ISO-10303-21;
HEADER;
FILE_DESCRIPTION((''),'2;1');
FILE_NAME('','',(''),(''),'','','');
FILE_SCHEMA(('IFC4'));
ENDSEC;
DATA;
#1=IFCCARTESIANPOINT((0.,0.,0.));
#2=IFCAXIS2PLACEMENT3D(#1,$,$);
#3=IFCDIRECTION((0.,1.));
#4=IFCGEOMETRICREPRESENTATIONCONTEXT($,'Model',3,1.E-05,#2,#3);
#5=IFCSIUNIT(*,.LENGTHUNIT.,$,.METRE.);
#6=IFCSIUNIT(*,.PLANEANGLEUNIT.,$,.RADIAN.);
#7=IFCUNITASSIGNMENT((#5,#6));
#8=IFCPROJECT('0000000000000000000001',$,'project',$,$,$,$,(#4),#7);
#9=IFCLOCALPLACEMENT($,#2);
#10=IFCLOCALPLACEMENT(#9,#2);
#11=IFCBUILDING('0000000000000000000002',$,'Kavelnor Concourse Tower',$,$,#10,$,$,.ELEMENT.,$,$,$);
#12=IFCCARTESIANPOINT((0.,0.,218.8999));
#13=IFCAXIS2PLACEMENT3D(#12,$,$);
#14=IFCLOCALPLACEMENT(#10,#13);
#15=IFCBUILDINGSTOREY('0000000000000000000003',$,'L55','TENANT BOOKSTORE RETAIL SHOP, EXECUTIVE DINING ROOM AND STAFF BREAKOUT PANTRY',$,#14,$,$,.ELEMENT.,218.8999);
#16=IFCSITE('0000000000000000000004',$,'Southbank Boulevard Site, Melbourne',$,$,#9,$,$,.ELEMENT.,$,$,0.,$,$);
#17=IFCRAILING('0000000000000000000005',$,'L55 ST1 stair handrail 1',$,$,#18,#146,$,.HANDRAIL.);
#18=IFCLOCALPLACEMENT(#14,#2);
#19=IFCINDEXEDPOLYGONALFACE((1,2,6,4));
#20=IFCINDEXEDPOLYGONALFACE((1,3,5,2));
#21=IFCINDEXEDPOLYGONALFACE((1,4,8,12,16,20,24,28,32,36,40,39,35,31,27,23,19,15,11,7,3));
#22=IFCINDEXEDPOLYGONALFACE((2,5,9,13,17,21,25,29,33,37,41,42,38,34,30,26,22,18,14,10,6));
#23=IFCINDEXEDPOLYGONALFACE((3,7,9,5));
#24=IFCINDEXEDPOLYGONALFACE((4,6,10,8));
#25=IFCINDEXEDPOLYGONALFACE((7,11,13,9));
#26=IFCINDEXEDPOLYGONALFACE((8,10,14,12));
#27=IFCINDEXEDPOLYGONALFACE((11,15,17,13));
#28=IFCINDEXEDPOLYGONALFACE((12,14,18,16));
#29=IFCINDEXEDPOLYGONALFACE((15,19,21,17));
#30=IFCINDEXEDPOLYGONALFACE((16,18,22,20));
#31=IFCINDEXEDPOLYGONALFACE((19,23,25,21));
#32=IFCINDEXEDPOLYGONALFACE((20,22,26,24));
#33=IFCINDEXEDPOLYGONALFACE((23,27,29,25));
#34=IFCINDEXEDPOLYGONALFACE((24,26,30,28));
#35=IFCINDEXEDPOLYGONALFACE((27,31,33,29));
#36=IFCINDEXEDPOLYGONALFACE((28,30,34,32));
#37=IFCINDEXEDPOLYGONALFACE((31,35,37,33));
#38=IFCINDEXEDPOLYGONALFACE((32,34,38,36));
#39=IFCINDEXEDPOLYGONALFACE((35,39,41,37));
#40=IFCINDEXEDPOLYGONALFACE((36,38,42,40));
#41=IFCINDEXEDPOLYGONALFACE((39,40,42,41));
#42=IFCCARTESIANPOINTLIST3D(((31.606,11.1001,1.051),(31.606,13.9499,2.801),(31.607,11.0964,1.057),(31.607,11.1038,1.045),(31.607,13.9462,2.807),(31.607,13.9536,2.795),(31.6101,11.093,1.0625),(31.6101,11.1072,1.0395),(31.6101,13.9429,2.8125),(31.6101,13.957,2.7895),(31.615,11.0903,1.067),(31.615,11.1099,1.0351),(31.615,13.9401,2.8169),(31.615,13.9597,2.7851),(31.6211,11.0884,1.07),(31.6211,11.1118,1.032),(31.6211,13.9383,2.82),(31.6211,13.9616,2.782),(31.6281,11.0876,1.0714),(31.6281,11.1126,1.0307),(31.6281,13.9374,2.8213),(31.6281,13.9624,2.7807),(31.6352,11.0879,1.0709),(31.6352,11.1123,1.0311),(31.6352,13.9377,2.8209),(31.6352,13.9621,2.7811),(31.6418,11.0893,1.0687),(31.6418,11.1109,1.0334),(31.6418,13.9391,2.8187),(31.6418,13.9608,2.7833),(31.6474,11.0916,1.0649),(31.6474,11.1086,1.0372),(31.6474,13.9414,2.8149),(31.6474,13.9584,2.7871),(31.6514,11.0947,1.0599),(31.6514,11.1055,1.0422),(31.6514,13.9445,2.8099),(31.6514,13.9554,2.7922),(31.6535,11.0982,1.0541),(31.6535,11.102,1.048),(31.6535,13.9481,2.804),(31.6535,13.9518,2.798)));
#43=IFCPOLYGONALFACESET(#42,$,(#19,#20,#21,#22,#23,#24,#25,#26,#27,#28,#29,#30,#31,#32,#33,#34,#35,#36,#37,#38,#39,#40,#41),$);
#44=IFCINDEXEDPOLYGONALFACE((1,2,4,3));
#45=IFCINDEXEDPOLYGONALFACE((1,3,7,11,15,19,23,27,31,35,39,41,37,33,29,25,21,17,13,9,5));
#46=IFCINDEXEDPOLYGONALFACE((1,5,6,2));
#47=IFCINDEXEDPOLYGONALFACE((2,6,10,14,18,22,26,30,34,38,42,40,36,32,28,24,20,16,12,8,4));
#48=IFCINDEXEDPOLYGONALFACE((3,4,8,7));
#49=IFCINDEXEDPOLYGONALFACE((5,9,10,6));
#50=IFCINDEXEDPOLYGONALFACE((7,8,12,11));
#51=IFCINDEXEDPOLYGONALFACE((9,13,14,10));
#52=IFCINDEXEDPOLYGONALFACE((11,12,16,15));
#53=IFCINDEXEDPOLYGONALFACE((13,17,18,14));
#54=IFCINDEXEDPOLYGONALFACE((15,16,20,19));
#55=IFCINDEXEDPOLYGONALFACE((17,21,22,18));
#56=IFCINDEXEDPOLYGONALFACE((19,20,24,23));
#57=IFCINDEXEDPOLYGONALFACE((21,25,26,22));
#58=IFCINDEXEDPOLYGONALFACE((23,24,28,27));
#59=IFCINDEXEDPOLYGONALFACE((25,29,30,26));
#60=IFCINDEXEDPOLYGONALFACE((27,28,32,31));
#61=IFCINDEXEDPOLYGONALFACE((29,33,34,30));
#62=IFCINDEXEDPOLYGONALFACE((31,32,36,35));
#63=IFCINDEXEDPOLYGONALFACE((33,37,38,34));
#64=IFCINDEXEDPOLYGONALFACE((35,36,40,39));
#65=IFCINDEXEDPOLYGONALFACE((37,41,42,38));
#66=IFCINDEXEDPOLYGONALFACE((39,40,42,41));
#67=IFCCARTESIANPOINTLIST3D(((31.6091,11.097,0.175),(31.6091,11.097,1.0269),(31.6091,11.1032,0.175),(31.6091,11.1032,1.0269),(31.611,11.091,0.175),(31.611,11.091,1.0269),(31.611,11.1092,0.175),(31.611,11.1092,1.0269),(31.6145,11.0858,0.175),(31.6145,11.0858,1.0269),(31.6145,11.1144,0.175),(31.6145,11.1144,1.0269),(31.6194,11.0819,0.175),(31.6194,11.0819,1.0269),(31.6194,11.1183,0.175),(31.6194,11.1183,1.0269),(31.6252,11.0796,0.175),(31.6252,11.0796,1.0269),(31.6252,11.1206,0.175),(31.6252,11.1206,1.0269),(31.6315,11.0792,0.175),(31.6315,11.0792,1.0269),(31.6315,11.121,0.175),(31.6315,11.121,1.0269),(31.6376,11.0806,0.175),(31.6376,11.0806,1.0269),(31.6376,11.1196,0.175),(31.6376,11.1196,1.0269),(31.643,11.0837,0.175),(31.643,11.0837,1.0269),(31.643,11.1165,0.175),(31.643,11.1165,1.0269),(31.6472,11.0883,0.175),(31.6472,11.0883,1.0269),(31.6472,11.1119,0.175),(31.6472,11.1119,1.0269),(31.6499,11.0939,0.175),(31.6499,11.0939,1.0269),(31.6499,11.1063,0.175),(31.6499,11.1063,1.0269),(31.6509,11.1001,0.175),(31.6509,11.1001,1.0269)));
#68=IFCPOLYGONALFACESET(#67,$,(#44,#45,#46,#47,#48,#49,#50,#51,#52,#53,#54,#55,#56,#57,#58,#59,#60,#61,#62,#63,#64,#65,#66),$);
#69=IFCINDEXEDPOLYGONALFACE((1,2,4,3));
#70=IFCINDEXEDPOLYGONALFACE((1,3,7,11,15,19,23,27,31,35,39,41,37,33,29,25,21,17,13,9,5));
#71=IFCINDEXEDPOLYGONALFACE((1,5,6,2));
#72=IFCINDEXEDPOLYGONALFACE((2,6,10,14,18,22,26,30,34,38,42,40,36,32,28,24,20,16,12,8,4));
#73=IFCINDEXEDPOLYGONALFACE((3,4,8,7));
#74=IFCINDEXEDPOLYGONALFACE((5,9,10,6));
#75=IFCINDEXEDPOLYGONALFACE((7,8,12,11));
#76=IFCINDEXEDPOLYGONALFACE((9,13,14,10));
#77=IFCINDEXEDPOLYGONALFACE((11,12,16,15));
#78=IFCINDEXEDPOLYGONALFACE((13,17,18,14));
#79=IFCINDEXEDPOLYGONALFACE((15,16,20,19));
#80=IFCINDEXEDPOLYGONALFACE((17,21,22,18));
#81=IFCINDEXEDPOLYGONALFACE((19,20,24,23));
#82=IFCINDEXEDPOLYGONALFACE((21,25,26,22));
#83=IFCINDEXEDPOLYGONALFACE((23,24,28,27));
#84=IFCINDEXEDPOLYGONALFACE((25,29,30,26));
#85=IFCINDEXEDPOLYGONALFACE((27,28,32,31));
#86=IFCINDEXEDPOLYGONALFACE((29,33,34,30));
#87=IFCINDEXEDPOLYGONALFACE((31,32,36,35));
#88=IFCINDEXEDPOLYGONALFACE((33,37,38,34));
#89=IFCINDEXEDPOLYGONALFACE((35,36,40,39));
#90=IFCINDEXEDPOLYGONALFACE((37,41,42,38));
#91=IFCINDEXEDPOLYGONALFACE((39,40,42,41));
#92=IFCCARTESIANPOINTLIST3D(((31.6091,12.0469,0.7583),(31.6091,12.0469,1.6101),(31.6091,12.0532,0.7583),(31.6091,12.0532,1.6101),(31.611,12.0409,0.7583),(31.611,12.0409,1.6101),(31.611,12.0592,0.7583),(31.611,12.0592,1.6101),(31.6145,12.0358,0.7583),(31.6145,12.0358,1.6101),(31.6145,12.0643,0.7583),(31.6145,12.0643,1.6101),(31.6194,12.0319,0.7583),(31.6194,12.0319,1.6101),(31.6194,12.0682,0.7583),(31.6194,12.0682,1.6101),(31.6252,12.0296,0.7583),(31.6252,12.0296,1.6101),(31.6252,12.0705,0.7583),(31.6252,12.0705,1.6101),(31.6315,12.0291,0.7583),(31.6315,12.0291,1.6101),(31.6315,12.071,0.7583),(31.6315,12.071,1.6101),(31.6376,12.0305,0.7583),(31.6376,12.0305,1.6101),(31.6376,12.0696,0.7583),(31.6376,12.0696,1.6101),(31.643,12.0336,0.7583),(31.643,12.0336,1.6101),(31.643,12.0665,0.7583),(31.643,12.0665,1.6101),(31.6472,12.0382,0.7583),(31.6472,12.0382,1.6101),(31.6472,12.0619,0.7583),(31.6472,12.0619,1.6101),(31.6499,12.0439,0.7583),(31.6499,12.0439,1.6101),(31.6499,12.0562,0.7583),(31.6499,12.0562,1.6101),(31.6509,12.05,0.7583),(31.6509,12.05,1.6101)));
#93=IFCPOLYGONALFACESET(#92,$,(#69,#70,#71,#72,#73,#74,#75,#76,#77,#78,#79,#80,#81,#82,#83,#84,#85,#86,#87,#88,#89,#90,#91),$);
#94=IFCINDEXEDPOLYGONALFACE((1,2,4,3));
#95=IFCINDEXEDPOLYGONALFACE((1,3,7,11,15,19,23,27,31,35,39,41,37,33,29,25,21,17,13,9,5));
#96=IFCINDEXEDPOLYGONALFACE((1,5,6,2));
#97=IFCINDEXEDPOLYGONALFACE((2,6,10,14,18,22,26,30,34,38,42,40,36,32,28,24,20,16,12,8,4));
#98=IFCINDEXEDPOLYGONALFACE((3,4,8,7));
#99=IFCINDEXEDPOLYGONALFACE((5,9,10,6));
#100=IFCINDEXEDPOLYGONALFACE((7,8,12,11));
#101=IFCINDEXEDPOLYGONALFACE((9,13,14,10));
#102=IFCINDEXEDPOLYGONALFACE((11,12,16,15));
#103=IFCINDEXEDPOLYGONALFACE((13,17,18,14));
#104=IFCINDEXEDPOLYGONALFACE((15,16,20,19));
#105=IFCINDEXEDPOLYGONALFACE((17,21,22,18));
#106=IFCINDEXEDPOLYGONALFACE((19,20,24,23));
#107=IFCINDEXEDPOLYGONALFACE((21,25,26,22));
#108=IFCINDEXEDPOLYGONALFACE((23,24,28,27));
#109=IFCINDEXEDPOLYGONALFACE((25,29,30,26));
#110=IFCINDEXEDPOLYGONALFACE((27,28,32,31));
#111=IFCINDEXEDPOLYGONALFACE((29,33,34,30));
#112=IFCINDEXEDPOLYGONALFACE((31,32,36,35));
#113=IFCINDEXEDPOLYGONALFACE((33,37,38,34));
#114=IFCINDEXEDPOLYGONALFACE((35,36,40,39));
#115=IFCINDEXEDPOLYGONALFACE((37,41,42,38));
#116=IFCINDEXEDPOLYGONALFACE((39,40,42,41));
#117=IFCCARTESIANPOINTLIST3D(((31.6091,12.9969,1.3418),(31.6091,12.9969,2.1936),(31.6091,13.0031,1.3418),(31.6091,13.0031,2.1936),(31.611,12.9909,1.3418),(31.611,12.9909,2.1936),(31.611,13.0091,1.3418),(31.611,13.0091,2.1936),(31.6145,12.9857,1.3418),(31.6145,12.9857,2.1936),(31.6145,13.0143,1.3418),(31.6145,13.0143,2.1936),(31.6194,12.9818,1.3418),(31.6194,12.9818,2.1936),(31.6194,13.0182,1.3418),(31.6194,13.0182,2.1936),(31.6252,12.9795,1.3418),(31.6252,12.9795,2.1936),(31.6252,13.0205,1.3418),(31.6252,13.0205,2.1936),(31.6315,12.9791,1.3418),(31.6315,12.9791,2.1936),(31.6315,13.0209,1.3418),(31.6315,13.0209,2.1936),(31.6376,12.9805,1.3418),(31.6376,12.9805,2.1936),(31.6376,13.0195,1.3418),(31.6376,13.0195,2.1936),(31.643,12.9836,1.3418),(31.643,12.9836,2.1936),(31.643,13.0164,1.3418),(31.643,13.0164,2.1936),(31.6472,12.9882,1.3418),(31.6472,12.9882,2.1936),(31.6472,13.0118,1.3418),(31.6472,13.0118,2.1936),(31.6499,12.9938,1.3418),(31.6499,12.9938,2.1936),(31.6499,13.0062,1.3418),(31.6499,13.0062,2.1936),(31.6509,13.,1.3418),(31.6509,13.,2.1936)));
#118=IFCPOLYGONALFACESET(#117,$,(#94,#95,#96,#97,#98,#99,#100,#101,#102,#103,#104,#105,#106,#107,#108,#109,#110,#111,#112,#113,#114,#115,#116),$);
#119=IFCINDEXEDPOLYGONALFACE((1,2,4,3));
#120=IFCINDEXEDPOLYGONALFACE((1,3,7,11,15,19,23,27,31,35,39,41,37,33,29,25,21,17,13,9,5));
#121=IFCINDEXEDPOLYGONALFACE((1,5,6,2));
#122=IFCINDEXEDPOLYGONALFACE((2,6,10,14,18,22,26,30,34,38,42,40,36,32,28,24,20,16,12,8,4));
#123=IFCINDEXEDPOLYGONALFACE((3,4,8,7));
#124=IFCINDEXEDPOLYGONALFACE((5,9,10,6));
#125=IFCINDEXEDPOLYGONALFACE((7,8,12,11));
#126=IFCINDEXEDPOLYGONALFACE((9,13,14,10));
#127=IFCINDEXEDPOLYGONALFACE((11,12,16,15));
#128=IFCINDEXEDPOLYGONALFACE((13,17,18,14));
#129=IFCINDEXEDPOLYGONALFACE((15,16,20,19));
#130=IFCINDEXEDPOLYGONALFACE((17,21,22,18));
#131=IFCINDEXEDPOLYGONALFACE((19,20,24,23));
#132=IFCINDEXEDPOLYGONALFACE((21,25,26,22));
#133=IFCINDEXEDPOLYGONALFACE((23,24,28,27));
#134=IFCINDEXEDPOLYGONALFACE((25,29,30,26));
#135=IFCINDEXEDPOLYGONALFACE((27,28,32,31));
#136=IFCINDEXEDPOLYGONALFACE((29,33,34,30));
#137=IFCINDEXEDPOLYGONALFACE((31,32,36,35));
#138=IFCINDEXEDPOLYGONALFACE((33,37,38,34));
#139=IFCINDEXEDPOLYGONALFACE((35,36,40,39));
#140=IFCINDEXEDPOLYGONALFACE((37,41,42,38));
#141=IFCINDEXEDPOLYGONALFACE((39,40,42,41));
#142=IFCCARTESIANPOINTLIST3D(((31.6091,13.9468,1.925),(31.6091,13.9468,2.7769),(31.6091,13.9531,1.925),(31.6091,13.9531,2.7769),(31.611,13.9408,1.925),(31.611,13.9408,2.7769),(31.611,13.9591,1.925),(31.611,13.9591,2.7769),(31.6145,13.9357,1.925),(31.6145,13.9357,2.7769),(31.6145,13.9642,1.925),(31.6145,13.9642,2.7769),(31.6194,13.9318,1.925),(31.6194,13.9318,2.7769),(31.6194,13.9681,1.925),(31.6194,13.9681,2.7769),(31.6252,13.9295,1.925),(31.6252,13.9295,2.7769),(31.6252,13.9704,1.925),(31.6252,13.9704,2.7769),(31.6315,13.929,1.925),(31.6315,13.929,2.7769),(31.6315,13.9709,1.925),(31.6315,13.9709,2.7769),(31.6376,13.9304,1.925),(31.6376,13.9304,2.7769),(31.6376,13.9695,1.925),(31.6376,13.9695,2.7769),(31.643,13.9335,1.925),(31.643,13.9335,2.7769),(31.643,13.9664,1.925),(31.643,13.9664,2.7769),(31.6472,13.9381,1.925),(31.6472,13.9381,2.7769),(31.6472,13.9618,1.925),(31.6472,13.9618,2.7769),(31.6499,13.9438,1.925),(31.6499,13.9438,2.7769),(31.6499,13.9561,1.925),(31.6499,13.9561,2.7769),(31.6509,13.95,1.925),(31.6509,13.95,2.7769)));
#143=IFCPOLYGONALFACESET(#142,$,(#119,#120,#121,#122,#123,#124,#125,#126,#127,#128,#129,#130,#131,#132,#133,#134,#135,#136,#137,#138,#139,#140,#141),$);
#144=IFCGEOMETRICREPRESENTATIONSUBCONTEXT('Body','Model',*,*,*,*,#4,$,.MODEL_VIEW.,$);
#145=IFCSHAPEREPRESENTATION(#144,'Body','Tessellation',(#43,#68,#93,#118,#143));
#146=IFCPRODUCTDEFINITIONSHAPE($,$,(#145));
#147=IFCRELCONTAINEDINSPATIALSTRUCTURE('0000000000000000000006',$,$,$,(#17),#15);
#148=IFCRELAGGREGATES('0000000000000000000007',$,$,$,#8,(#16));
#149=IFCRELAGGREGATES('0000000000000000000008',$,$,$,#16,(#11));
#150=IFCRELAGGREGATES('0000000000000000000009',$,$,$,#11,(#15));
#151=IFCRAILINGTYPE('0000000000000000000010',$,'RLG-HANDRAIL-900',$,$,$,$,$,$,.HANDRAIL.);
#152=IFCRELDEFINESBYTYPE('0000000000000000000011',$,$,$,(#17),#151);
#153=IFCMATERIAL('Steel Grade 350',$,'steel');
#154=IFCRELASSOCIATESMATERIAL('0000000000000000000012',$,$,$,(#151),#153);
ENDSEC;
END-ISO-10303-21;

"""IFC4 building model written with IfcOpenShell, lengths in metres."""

from ifc_helpers import new_model, si_unit, direction, frame, origin, origin_2d, place, context, subcontext, project, spatial, circle, extrude, material, type_object, element, save


model = new_model("IFC4")

# Units and contexts
model_context = context("Model", 3, precision=1e-05, world=origin(), true_north=direction((0.0, 1.0)))
body_context = subcontext(model_context, "Body", "Model", "MODEL_VIEW")
ifc_project = project(units=[si_unit("LENGTHUNIT", "METRE"), si_unit("PLANEANGLEUNIT", "RADIAN")], contexts=[model_context])

# Site, building, storey
site_placement = place(None, origin())
site = spatial("IfcSite", under=ifc_project, at=site_placement, Name="Southbank Boulevard Site, Melbourne", CompositionType="ELEMENT", RefElevation=0.0)
building_placement = place(site_placement, origin())
building = spatial("IfcBuilding", under=site, at=building_placement, Name="Kavelnor Concourse Tower", CompositionType="ELEMENT")
storey_placement = place(building_placement, frame((0.0, 0.0, 218.8999)))
storey = spatial("IfcBuildingStorey", under=building, at=storey_placement, Name="L55", Description="TENANT BOOKSTORE RETAIL SHOP, EXECUTIVE DINING ROOM AND STAFF BREAKOUT PANTRY", CompositionType="ELEMENT", Elevation=218.8999)

# Shared definitions
ifc_material_1 = material(Name="Steel Grade 350", Category="steel")

# Railing
railing_type_1 = type_object("IfcRailingType", Name="RLG-HANDRAIL-900", PredefinedType="HANDRAIL", material=ifc_material_1)
railing_1_placement = place(storey_placement, frame((31.6299, 11.1001, 0.175)))
element("IfcRailing", 1, at=railing_1_placement, inside=storey, type_object=railing_type_1, Name="L55 ST1 stair handrail 1", PredefinedType="HANDRAIL", context=body_context, shape_type="SweptSolid", body=[
    extrude(circle(Radius=0.0239, at=origin_2d()), frame((0.0, 0.0, 0.876), z_axis=(0.0, 0.852159, 0.523283), x_axis=(-1.0, 0.0, 0.0)), (0.0, 0.0, 1.0), 3.3442),
    extrude(circle(Radius=0.021, at=origin_2d()), origin(), (0.0, 0.0, 1.0), 0.8518),
    extrude(circle(Radius=0.021, at=origin_2d()), frame((0.0, 0.95, 0.5833)), (0.0, 0.0, 1.0), 0.8518),
    extrude(circle(Radius=0.021, at=origin_2d()), frame((0.0, 1.8999, 1.1667)), (0.0, 0.0, 1.0), 0.8518),
    extrude(circle(Radius=0.021, at=origin_2d()), frame((0.0, 2.8499, 1.75)), (0.0, 0.0, 1.0), 0.8518),
])

save(model, "model.ifc")
